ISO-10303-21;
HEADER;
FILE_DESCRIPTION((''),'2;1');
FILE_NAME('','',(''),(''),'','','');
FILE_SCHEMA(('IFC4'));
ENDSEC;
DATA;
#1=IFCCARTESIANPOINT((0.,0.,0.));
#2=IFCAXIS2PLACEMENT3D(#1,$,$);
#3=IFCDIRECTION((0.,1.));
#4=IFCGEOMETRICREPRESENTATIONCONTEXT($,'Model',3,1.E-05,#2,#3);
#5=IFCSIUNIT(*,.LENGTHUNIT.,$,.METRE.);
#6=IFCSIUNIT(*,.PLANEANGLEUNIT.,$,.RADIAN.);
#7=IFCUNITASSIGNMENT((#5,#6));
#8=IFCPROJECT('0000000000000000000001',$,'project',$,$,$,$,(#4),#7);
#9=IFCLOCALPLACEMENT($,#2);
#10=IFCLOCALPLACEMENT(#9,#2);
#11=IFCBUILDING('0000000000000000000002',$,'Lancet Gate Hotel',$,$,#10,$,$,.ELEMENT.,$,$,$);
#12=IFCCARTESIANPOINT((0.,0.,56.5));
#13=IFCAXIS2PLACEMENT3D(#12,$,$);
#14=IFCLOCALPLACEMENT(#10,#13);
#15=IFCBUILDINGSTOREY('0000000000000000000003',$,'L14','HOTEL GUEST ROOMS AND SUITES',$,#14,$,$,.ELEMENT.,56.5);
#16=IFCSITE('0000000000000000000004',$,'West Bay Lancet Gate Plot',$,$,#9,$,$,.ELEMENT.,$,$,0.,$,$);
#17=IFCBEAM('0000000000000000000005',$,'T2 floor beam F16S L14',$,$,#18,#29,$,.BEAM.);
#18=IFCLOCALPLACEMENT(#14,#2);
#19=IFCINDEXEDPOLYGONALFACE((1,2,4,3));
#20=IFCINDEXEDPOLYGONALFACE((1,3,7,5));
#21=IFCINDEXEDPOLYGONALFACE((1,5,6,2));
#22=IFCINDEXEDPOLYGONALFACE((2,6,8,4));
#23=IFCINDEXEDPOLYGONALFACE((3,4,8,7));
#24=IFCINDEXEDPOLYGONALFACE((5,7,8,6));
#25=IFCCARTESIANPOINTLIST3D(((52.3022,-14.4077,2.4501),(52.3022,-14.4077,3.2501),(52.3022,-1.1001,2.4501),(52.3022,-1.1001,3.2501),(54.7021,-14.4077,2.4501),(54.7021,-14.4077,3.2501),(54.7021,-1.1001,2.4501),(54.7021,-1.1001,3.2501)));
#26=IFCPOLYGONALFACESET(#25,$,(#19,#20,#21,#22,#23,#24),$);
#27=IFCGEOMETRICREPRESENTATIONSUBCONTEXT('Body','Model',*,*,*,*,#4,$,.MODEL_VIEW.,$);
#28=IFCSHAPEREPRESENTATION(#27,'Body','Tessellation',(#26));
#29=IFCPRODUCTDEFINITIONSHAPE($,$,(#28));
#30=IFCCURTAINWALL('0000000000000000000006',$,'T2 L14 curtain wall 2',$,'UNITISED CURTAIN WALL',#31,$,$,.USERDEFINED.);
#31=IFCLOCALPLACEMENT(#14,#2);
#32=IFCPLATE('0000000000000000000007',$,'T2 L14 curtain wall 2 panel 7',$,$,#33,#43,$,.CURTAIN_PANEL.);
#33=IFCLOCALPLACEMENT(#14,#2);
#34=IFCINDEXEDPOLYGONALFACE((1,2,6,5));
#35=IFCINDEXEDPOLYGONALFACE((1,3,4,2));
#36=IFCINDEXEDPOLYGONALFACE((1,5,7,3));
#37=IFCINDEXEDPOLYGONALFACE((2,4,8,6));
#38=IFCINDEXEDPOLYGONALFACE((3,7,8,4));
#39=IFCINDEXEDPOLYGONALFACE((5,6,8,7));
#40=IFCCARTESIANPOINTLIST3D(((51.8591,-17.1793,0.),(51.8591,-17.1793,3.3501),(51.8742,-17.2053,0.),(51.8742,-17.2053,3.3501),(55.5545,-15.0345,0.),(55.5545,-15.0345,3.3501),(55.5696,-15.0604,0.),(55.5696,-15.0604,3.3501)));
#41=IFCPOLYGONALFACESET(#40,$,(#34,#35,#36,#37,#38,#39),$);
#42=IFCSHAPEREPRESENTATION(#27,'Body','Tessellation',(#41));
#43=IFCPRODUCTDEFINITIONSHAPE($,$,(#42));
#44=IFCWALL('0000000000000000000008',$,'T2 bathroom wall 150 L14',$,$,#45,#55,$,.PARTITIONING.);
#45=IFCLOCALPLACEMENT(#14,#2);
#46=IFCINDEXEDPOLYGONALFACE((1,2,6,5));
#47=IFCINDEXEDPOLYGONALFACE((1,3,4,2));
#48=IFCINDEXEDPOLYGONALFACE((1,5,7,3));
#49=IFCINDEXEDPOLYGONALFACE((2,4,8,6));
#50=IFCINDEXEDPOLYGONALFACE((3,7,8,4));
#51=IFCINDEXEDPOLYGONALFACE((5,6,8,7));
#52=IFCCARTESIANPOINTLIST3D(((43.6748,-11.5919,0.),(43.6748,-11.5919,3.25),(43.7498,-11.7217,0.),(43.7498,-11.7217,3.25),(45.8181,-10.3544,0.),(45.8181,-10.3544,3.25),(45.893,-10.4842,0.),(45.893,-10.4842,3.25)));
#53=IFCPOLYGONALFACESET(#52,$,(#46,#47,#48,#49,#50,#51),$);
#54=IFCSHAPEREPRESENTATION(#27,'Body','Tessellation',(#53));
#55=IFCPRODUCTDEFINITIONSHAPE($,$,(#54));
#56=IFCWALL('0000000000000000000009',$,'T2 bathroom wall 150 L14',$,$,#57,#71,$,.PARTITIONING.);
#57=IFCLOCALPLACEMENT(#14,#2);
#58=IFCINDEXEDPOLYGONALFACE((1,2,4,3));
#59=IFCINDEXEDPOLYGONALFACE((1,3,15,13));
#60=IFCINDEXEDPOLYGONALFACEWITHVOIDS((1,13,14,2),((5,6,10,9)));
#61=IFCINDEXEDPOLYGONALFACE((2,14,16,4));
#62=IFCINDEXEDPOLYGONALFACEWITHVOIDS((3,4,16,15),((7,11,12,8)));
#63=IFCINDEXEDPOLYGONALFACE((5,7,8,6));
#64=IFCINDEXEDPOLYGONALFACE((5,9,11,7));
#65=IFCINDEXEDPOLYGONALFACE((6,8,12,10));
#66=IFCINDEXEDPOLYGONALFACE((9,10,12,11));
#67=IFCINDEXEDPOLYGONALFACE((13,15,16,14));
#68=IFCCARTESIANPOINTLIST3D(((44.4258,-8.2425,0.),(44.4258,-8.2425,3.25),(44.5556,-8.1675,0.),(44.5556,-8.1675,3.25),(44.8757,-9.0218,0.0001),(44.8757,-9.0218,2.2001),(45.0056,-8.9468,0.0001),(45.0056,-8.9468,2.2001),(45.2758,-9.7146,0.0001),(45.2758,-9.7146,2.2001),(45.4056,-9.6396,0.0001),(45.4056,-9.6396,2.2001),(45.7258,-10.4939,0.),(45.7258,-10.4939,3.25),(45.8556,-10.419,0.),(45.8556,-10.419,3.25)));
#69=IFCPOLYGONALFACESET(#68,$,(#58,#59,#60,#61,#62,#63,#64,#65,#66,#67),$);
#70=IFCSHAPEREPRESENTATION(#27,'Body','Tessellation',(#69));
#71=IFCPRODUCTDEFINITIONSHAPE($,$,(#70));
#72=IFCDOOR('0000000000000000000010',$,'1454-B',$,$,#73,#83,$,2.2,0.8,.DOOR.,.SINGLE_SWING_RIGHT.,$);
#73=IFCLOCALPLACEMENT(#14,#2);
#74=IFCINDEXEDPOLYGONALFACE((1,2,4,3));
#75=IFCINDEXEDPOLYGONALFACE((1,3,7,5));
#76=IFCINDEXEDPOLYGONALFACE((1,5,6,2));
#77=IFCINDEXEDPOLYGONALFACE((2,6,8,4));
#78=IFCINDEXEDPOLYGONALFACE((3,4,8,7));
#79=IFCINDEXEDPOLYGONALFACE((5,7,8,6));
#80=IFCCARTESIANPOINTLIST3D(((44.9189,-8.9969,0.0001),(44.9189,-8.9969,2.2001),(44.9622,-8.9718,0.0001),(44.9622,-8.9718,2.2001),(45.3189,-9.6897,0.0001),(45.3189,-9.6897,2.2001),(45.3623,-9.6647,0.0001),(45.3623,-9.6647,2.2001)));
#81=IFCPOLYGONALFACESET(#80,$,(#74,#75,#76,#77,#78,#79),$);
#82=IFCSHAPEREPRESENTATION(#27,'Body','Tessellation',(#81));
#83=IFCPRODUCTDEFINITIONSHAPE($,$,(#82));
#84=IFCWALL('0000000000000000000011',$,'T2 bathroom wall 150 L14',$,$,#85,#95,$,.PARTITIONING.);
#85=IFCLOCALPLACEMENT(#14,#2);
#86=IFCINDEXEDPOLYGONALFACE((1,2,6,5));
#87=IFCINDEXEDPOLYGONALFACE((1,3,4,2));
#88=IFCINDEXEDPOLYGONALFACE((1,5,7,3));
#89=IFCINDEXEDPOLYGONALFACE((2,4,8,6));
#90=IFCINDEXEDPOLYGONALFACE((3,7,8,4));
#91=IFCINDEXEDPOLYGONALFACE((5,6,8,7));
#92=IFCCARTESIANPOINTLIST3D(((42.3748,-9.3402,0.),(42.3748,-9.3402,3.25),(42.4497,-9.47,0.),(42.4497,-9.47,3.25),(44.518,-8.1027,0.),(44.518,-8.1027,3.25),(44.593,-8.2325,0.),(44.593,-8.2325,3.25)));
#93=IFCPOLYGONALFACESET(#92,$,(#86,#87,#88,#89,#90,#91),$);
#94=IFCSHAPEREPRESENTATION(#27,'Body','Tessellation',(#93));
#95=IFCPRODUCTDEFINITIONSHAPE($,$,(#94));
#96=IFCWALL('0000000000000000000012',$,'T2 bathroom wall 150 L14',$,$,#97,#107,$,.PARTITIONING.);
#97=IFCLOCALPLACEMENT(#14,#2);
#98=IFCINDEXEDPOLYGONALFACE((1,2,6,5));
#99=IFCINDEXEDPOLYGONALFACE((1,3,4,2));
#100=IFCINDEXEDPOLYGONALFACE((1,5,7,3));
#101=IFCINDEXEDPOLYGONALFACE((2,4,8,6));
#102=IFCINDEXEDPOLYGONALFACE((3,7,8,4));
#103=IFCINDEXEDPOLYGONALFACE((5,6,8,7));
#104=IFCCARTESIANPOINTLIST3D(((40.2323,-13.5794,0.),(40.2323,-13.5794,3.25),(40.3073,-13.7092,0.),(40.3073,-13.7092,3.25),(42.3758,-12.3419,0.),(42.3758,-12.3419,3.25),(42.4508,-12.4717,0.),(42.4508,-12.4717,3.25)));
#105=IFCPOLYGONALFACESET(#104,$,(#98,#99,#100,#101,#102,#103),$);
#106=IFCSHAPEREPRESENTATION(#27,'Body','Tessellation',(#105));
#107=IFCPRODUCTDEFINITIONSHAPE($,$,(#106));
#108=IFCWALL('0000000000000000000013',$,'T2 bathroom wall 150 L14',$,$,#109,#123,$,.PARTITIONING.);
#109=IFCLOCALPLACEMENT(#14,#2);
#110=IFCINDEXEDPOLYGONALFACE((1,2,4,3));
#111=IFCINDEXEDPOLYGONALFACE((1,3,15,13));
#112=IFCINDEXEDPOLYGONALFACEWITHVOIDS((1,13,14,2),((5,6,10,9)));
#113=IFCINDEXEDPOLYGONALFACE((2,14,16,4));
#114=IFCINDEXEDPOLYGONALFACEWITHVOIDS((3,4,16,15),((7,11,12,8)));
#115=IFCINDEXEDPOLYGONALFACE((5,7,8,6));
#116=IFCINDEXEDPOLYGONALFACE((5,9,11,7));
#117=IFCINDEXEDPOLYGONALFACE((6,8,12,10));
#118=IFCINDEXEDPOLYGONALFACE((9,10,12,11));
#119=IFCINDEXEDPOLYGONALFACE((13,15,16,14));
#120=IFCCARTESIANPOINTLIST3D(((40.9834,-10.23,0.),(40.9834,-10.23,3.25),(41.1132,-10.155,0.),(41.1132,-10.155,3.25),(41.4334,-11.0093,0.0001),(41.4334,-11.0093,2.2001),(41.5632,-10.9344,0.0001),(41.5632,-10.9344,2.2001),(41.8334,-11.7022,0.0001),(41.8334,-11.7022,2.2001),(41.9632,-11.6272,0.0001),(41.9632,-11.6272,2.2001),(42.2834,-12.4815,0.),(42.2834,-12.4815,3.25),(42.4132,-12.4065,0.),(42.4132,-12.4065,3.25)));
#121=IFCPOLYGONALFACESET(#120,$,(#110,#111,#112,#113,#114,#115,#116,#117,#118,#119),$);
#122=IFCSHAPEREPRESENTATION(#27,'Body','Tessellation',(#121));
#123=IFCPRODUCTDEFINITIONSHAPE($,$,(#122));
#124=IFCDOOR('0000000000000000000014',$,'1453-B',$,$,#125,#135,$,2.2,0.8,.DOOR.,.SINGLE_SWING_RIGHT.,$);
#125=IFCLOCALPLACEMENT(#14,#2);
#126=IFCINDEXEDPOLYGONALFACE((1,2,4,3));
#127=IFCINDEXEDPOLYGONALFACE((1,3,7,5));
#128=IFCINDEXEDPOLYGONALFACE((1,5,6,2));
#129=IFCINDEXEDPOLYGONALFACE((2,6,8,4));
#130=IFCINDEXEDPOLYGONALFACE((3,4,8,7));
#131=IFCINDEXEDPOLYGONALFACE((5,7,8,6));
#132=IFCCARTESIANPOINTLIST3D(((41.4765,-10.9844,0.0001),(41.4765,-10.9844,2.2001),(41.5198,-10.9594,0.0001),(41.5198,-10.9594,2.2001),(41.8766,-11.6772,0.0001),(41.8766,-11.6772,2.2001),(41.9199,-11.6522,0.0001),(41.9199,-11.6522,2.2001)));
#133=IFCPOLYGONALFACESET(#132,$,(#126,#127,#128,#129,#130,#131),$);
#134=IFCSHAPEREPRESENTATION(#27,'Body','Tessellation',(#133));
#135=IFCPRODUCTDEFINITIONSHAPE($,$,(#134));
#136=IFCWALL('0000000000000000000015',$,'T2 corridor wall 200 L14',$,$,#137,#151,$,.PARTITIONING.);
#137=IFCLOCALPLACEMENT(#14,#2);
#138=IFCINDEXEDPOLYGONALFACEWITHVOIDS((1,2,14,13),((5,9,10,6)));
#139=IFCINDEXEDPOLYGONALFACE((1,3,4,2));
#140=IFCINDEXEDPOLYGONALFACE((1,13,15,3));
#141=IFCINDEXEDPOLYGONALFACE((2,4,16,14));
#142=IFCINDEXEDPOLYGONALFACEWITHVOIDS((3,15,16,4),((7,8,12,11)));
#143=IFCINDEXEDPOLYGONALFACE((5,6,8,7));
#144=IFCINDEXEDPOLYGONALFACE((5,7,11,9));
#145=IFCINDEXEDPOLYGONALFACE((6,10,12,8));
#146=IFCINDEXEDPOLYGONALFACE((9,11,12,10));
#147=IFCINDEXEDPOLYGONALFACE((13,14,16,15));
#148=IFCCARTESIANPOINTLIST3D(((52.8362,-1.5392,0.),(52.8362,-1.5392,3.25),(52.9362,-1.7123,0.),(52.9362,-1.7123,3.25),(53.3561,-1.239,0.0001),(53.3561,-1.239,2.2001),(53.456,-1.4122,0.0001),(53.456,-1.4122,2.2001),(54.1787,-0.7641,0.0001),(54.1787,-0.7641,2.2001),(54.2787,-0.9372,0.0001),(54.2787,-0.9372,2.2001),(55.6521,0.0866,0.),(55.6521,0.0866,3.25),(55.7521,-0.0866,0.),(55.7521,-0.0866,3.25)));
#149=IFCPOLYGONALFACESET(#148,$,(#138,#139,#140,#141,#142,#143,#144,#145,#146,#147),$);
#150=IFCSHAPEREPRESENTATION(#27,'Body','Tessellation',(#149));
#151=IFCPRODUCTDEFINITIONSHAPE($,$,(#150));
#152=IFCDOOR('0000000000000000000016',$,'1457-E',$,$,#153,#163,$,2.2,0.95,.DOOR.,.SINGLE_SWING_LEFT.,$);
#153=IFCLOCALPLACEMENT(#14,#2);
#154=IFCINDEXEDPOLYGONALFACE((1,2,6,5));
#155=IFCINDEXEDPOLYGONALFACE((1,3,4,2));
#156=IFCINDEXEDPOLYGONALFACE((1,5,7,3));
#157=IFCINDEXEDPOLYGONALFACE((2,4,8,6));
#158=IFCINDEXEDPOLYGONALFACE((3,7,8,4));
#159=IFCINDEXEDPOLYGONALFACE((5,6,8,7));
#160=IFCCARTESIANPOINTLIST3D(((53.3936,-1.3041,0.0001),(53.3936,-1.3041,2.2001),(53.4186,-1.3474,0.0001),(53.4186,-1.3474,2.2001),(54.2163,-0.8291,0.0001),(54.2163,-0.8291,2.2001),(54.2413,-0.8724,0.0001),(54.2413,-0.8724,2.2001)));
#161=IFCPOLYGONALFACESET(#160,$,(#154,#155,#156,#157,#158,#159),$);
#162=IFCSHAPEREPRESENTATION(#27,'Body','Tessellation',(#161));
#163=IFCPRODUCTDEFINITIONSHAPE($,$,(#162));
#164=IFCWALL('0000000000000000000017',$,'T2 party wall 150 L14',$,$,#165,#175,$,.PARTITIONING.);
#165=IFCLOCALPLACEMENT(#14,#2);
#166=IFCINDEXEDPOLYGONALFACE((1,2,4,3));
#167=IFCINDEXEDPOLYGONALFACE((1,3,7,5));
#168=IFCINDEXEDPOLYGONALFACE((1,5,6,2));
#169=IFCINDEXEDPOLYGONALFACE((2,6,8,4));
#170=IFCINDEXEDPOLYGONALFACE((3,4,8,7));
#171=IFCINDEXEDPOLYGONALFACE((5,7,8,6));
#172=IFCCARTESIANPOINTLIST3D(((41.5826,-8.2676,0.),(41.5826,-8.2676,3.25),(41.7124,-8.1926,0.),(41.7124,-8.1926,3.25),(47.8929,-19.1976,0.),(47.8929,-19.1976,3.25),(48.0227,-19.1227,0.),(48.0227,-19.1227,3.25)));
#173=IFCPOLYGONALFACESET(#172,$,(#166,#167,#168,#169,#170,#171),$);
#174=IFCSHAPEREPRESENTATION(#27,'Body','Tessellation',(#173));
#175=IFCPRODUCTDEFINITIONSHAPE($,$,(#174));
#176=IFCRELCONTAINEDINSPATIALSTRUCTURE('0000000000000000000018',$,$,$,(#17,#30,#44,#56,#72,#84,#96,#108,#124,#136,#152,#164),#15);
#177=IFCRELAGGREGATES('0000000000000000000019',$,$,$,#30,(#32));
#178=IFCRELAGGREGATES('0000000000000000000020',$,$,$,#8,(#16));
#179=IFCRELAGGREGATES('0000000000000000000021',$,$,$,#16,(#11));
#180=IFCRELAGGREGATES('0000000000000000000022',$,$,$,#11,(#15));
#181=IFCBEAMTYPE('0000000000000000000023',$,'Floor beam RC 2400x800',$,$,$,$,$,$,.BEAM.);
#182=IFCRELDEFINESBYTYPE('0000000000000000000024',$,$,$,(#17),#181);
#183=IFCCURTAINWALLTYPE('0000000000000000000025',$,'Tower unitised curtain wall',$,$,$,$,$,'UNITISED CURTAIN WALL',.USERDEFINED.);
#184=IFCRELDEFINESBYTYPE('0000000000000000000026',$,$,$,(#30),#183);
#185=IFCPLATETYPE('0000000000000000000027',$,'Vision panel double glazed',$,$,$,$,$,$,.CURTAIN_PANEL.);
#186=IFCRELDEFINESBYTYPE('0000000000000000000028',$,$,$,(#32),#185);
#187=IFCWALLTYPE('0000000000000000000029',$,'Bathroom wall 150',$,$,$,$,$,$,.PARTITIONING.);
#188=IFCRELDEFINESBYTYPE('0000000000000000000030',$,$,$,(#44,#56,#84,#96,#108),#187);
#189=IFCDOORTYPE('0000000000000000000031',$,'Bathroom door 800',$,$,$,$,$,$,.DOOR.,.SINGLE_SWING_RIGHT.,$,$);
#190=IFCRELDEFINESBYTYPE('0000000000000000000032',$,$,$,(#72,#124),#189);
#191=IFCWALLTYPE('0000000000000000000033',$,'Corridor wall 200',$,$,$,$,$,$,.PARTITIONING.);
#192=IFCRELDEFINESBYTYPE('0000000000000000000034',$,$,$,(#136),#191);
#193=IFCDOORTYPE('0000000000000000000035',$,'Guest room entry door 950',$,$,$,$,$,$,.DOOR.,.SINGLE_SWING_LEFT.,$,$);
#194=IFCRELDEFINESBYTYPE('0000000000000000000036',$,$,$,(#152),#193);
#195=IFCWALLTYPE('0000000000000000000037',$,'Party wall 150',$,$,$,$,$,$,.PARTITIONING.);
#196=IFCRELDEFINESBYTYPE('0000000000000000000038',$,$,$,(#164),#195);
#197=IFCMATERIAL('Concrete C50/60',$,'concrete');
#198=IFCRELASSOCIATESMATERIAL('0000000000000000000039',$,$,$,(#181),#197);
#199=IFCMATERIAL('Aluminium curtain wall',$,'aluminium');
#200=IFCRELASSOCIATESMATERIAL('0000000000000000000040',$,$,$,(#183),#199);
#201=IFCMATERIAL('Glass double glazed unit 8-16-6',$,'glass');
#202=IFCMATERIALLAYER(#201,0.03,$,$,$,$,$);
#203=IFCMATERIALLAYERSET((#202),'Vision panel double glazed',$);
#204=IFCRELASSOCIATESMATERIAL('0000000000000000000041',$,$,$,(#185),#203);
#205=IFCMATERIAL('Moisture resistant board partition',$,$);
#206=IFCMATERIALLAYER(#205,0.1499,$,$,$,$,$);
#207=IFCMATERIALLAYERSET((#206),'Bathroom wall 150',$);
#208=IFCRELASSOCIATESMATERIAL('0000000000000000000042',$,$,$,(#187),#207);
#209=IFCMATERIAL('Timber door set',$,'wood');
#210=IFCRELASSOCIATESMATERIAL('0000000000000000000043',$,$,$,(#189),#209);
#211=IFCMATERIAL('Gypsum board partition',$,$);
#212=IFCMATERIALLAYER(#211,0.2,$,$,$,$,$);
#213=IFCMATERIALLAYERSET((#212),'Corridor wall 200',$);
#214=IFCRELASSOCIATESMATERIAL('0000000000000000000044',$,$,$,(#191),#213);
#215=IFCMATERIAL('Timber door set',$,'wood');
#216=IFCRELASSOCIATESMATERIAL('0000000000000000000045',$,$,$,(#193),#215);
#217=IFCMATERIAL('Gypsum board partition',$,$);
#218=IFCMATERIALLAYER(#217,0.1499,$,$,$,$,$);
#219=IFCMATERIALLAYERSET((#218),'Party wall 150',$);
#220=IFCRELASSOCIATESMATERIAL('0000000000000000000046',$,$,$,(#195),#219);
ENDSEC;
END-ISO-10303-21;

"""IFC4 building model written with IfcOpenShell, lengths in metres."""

from ifc_helpers import new_model, si_unit, direction, frame, frame_2d, origin, origin_2d, place, context, subcontext, project, spatial, rectangle, extrude, material, layer, layer_set, material_profile, profile_set, type_object, element, fill, aggregate, save


model = new_model("IFC4")

# Units and contexts
model_context = context("Model", 3, precision=1e-05, world=origin(), true_north=direction((0.0, 1.0)))
body_context = subcontext(model_context, "Body", "Model", "MODEL_VIEW")
ifc_project = project(units=[si_unit("LENGTHUNIT", "METRE"), si_unit("PLANEANGLEUNIT", "RADIAN")], contexts=[model_context])

# Site, building, storey
site_placement = place(None, origin())
site = spatial("IfcSite", under=ifc_project, at=site_placement, Name="West Bay Lancet Gate Plot", CompositionType="ELEMENT", RefElevation=0.0)
building_placement = place(site_placement, origin())
building = spatial("IfcBuilding", under=site, at=building_placement, Name="Lancet Gate Hotel", CompositionType="ELEMENT")
storey_placement = place(building_placement, frame((0.0, 0.0, 56.5)))
storey = spatial("IfcBuildingStorey", under=building, at=storey_placement, Name="L14", Description="HOTEL GUEST ROOMS AND SUITES", CompositionType="ELEMENT", Elevation=56.5)

# Beam
ifc_material_1 = material(Name="Concrete C50/60", Category="concrete")
ifc_material_profile = material_profile(ifc_material_1, rectangle(XDim=2.3999, YDim=0.8, at=origin_2d()), Name="RC 2400x800")
ifc_profile_set = profile_set([ifc_material_profile], Name="Concrete C50/60")
beam_type = type_object("IfcBeamType", Name="Floor beam RC 2400x800", PredefinedType="BEAM", material=ifc_profile_set)
beam_placement = place(storey_placement, frame((53.5022, -14.4077, 2.8501), z_axis=(0.0, 1.0, 0.0), x_axis=(-1.0, 0.0, 0.0)))
element("IfcBeam", 1, at=beam_placement, inside=storey, type_object=beam_type, Name="T2 floor beam F16S L14", PredefinedType="BEAM", context=body_context, shape_type="SweptSolid", body=[
    extrude(rectangle(XDim=2.3999, YDim=0.8, at=origin_2d()), origin(), (0.0, 0.0, 1.0), 13.3076),
])

# Curtain wall, plate
ifc_material_2 = material(Name="Aluminium curtain wall", Category="aluminium")
curtain_wall_type = type_object("IfcCurtainWallType", Name="Tower unitised curtain wall", ElementType="UNITISED CURTAIN WALL", PredefinedType="USERDEFINED", material=ifc_material_2)
curtain_wall_placement = place(storey_placement, origin())
curtain_wall = element("IfcCurtainWall", 2, at=curtain_wall_placement, inside=storey, type_object=curtain_wall_type, Name="T2 L14 curtain wall 2", ObjectType="UNITISED CURTAIN WALL", PredefinedType="USERDEFINED")
ifc_material_3 = material(Name="Glass double glazed unit 8-16-6", Category="glass")
ifc_layer_1 = layer(ifc_material_3, 0.03)
ifc_layer_set_1 = layer_set([ifc_layer_1], Name="Vision panel double glazed")
plate_type = type_object("IfcPlateType", Name="Vision panel double glazed", PredefinedType="CURTAIN_PANEL", material=ifc_layer_set_1)
plate_placement = place(storey_placement, frame((53.7144, -16.1199, 0.0), z_axis=(0.0, 0.0, 1.0), x_axis=(0.864872, 0.501993, 0.0)))
plate = element("IfcPlate", 3, at=plate_placement, type_object=plate_type, Name="T2 L14 curtain wall 2 panel 7", PredefinedType="CURTAIN_PANEL", context=body_context, shape_type="SweptSolid", body=[
    extrude(rectangle(XDim=4.2727, YDim=0.03, at=origin_2d()), origin(), (0.0, 0.0, 1.0), 3.3501),
])
aggregate(curtain_wall, [plate])

# Wall
ifc_material_4 = material(Name="Moisture resistant board partition")
ifc_layer_2 = layer(ifc_material_4, 0.1499)
ifc_layer_set_2 = layer_set([ifc_layer_2], Name="Bathroom wall 150")
wall_type_1 = type_object("IfcWallType", Name="Bathroom wall 150", PredefinedType="PARTITIONING", material=ifc_layer_set_2)
wall_1_placement = place(storey_placement, frame((43.7124, -11.6567, 0.0), z_axis=(0.0, 0.0, 1.0), x_axis=(0.866007, 0.500033, 0.0)))
element("IfcWall", 4, at=wall_1_placement, inside=storey, type_object=wall_type_1, Name="T2 bathroom wall 150 L14", PredefinedType="PARTITIONING", context=body_context, shape_type="SweptSolid", body=[
    extrude(rectangle(XDim=2.4749, YDim=0.1499, at=frame_2d((1.2373, 0.0))), origin(), (0.0, 0.0, 1.0), 3.25),
])

# Wall, opening, door
wall_2_placement = place(storey_placement, frame((44.4907, -8.2051, 0.0), z_axis=(0.0, 0.0, 1.0), x_axis=(0.500048, -0.865998, 0.0)))
wall_2 = element("IfcWall", 5, at=wall_2_placement, inside=storey, type_object=wall_type_1, Name="T2 bathroom wall 150 L14", PredefinedType="PARTITIONING", context=body_context, shape_type="SweptSolid", body=[
    extrude(rectangle(XDim=2.5999, YDim=0.1499, at=frame_2d((1.2998, 0.0))), origin(), (0.0, 0.0, 1.0), 3.25),
])
opening_1_placement = place(wall_2_placement, frame((0.8999, 0.0, 0.0)))
opening_1 = element("IfcOpeningElement", 6, at=opening_1_placement, cuts=wall_2, PredefinedType="OPENING", context=body_context, shape_type="SweptSolid", body=[
    extrude(rectangle(XDim=0.8, YDim=2.2, at=frame_2d((0.3999, 1.1001))), frame((0.0, 0.085, 0.0), z_axis=(0.0, -1.0, 0.0), x_axis=(1.0, 0.0, 0.0)), (0.0, 0.0, 1.0), 0.1699),
])
ifc_material_5 = material(Name="Timber door set", Category="wood")
door_type_1 = type_object("IfcDoorType", Name="Bathroom door 800", OperationType="SINGLE_SWING_RIGHT", PredefinedType="DOOR", material=ifc_material_5)
door_1_placement = place(opening_1_placement, origin())
door_1 = element("IfcDoor", 7, at=door_1_placement, inside=storey, type_object=door_type_1, Name="1454-B", OperationType="SINGLE_SWING_RIGHT", OverallHeight=2.2, OverallWidth=0.8, PredefinedType="DOOR", context=body_context, shape_type="SweptSolid", body=[
    extrude(rectangle(XDim=0.8, YDim=2.2, at=frame_2d((0.3999, 1.1001))), frame((0.0, 0.0249, 0.0), z_axis=(0.0, -1.0, 0.0), x_axis=(1.0, 0.0, 0.0)), (0.0, 0.0, 1.0), 0.05),
])
fill(opening_1, door_1)

# Walls
wall_3_placement = place(storey_placement, frame((42.4124, -9.405, 0.0), z_axis=(0.0, 0.0, 1.0), x_axis=(0.866007, 0.500033, 0.0)))
element("IfcWall", 8, at=wall_3_placement, inside=storey, type_object=wall_type_1, Name="T2 bathroom wall 150 L14", PredefinedType="PARTITIONING", context=body_context, shape_type="SweptSolid", body=[
    extrude(rectangle(XDim=2.4749, YDim=0.1499, at=frame_2d((1.2373, 0.0))), origin(), (0.0, 0.0, 1.0), 3.25),
])
wall_4_placement = place(storey_placement, frame((40.2698, -13.6443, 0.0), z_axis=(0.0, 0.0, 1.0), x_axis=(0.866031, 0.49999, 0.0)))
element("IfcWall", 9, at=wall_4_placement, inside=storey, type_object=wall_type_1, Name="T2 bathroom wall 150 L14", PredefinedType="PARTITIONING", context=body_context, shape_type="SweptSolid", body=[
    extrude(rectangle(XDim=2.4751, YDim=0.1499, at=frame_2d((1.2375, 0.0))), origin(), (0.0, 0.0, 1.0), 3.25),
])

# Walls, openings, doors
wall_5_placement = place(storey_placement, frame((41.0483, -10.1926, 0.0), z_axis=(0.0, 0.0, 1.0), x_axis=(0.500048, -0.865998, 0.0)))
wall_5 = element("IfcWall", 10, at=wall_5_placement, inside=storey, type_object=wall_type_1, Name="T2 bathroom wall 150 L14", PredefinedType="PARTITIONING", context=body_context, shape_type="SweptSolid", body=[
    extrude(rectangle(XDim=2.5999, YDim=0.1499, at=frame_2d((1.2998, 0.0))), origin(), (0.0, 0.0, 1.0), 3.25),
])
opening_2_placement = place(wall_5_placement, frame((0.8999, 0.0, 0.0)))
opening_2 = element("IfcOpeningElement", 11, at=opening_2_placement, cuts=wall_5, PredefinedType="OPENING", context=body_context, shape_type="SweptSolid", body=[
    extrude(rectangle(XDim=0.8, YDim=2.2, at=frame_2d((0.3999, 1.1001))), frame((0.0, 0.085, 0.0), z_axis=(0.0, -1.0, 0.0), x_axis=(1.0, 0.0, 0.0)), (0.0, 0.0, 1.0), 0.1699),
])
door_2_placement = place(opening_2_placement, origin())
door_2 = element("IfcDoor", 12, at=door_2_placement, inside=storey, type_object=door_type_1, Name="1453-B", OperationType="SINGLE_SWING_RIGHT", OverallHeight=2.2, OverallWidth=0.8, PredefinedType="DOOR", context=body_context, shape_type="SweptSolid", body=[
    extrude(rectangle(XDim=0.8, YDim=2.2, at=frame_2d((0.3999, 1.1001))), frame((0.0, 0.0249, 0.0), z_axis=(0.0, -1.0, 0.0), x_axis=(1.0, 0.0, 0.0)), (0.0, 0.0, 1.0), 0.05),
])
fill(opening_2, door_2)
ifc_material_6 = material(Name="Gypsum board partition")
ifc_layer_3 = layer(ifc_material_6, 0.2)
ifc_layer_set_3 = layer_set([ifc_layer_3], Name="Corridor wall 200")
wall_type_2 = type_object("IfcWallType", Name="Corridor wall 200", PredefinedType="PARTITIONING", material=ifc_layer_set_3)
wall_6_placement = place(storey_placement, frame((52.8862, -1.6257, 0.0), z_axis=(0.0, 0.0, 1.0), x_axis=(0.866031, 0.499991, 0.0)))
wall_6 = element("IfcWall", 13, at=wall_6_placement, inside=storey, type_object=wall_type_2, Name="T2 corridor wall 200 L14", PredefinedType="PARTITIONING", context=body_context, shape_type="SweptSolid", body=[
    extrude(rectangle(XDim=3.2515, YDim=0.2, at=frame_2d((1.6257, 0.0))), origin(), (0.0, 0.0, 1.0), 3.25),
])
opening_3_placement = place(wall_6_placement, frame((0.6001, 0.0, 0.0)))
opening_3 = element("IfcOpeningElement", 14, at=opening_3_placement, cuts=wall_6, PredefinedType="OPENING", context=body_context, shape_type="SweptSolid", body=[
    extrude(rectangle(XDim=0.95, YDim=2.2, at=frame_2d((0.4751, 1.1001))), frame((0.0, 0.1099, 0.0), z_axis=(0.0, -1.0, 0.0), x_axis=(1.0, 0.0, 0.0)), (0.0, 0.0, 1.0), 0.22),
])
ifc_material_7 = material(Name="Timber door set", Category="wood")
door_type_2 = type_object("IfcDoorType", Name="Guest room entry door 950", OperationType="SINGLE_SWING_LEFT", PredefinedType="DOOR", material=ifc_material_7)
door_3_placement = place(opening_3_placement, origin())
door_3 = element("IfcDoor", 15, at=door_3_placement, inside=storey, type_object=door_type_2, Name="1457-E", OperationType="SINGLE_SWING_LEFT", OverallHeight=2.2, OverallWidth=0.95, PredefinedType="DOOR", context=body_context, shape_type="SweptSolid", body=[
    extrude(rectangle(XDim=0.95, YDim=2.2, at=frame_2d((0.4751, 1.1001))), frame((0.0, 0.0249, 0.0), z_axis=(0.0, -1.0, 0.0), x_axis=(1.0, 0.0, 0.0)), (0.0, 0.0, 1.0), 0.05),
])
fill(opening_3, door_3)

# Wall
ifc_material_8 = material(Name="Gypsum board partition")
ifc_layer_4 = layer(ifc_material_8, 0.1499)
ifc_layer_set_4 = layer_set([ifc_layer_4], Name="Party wall 150")
wall_type_3 = type_object("IfcWallType", Name="Party wall 150", PredefinedType="PARTITIONING", material=ifc_layer_set_4)
wall_7_placement = place(storey_placement, frame((41.6475, -8.23, 0.0), z_axis=(0.0, 0.0, 1.0), x_axis=(0.499986, -0.866034, 0.0)))
element("IfcWall", 16, at=wall_7_placement, inside=storey, type_object=wall_type_3, Name="T2 party wall 150 L14", PredefinedType="PARTITIONING", context=body_context, shape_type="SweptSolid", body=[
    extrude(rectangle(XDim=12.6208, YDim=0.1499, at=frame_2d((6.3105, 0.0))), origin(), (0.0, 0.0, 1.0), 3.25),
])

save(model, "model.ifc")
